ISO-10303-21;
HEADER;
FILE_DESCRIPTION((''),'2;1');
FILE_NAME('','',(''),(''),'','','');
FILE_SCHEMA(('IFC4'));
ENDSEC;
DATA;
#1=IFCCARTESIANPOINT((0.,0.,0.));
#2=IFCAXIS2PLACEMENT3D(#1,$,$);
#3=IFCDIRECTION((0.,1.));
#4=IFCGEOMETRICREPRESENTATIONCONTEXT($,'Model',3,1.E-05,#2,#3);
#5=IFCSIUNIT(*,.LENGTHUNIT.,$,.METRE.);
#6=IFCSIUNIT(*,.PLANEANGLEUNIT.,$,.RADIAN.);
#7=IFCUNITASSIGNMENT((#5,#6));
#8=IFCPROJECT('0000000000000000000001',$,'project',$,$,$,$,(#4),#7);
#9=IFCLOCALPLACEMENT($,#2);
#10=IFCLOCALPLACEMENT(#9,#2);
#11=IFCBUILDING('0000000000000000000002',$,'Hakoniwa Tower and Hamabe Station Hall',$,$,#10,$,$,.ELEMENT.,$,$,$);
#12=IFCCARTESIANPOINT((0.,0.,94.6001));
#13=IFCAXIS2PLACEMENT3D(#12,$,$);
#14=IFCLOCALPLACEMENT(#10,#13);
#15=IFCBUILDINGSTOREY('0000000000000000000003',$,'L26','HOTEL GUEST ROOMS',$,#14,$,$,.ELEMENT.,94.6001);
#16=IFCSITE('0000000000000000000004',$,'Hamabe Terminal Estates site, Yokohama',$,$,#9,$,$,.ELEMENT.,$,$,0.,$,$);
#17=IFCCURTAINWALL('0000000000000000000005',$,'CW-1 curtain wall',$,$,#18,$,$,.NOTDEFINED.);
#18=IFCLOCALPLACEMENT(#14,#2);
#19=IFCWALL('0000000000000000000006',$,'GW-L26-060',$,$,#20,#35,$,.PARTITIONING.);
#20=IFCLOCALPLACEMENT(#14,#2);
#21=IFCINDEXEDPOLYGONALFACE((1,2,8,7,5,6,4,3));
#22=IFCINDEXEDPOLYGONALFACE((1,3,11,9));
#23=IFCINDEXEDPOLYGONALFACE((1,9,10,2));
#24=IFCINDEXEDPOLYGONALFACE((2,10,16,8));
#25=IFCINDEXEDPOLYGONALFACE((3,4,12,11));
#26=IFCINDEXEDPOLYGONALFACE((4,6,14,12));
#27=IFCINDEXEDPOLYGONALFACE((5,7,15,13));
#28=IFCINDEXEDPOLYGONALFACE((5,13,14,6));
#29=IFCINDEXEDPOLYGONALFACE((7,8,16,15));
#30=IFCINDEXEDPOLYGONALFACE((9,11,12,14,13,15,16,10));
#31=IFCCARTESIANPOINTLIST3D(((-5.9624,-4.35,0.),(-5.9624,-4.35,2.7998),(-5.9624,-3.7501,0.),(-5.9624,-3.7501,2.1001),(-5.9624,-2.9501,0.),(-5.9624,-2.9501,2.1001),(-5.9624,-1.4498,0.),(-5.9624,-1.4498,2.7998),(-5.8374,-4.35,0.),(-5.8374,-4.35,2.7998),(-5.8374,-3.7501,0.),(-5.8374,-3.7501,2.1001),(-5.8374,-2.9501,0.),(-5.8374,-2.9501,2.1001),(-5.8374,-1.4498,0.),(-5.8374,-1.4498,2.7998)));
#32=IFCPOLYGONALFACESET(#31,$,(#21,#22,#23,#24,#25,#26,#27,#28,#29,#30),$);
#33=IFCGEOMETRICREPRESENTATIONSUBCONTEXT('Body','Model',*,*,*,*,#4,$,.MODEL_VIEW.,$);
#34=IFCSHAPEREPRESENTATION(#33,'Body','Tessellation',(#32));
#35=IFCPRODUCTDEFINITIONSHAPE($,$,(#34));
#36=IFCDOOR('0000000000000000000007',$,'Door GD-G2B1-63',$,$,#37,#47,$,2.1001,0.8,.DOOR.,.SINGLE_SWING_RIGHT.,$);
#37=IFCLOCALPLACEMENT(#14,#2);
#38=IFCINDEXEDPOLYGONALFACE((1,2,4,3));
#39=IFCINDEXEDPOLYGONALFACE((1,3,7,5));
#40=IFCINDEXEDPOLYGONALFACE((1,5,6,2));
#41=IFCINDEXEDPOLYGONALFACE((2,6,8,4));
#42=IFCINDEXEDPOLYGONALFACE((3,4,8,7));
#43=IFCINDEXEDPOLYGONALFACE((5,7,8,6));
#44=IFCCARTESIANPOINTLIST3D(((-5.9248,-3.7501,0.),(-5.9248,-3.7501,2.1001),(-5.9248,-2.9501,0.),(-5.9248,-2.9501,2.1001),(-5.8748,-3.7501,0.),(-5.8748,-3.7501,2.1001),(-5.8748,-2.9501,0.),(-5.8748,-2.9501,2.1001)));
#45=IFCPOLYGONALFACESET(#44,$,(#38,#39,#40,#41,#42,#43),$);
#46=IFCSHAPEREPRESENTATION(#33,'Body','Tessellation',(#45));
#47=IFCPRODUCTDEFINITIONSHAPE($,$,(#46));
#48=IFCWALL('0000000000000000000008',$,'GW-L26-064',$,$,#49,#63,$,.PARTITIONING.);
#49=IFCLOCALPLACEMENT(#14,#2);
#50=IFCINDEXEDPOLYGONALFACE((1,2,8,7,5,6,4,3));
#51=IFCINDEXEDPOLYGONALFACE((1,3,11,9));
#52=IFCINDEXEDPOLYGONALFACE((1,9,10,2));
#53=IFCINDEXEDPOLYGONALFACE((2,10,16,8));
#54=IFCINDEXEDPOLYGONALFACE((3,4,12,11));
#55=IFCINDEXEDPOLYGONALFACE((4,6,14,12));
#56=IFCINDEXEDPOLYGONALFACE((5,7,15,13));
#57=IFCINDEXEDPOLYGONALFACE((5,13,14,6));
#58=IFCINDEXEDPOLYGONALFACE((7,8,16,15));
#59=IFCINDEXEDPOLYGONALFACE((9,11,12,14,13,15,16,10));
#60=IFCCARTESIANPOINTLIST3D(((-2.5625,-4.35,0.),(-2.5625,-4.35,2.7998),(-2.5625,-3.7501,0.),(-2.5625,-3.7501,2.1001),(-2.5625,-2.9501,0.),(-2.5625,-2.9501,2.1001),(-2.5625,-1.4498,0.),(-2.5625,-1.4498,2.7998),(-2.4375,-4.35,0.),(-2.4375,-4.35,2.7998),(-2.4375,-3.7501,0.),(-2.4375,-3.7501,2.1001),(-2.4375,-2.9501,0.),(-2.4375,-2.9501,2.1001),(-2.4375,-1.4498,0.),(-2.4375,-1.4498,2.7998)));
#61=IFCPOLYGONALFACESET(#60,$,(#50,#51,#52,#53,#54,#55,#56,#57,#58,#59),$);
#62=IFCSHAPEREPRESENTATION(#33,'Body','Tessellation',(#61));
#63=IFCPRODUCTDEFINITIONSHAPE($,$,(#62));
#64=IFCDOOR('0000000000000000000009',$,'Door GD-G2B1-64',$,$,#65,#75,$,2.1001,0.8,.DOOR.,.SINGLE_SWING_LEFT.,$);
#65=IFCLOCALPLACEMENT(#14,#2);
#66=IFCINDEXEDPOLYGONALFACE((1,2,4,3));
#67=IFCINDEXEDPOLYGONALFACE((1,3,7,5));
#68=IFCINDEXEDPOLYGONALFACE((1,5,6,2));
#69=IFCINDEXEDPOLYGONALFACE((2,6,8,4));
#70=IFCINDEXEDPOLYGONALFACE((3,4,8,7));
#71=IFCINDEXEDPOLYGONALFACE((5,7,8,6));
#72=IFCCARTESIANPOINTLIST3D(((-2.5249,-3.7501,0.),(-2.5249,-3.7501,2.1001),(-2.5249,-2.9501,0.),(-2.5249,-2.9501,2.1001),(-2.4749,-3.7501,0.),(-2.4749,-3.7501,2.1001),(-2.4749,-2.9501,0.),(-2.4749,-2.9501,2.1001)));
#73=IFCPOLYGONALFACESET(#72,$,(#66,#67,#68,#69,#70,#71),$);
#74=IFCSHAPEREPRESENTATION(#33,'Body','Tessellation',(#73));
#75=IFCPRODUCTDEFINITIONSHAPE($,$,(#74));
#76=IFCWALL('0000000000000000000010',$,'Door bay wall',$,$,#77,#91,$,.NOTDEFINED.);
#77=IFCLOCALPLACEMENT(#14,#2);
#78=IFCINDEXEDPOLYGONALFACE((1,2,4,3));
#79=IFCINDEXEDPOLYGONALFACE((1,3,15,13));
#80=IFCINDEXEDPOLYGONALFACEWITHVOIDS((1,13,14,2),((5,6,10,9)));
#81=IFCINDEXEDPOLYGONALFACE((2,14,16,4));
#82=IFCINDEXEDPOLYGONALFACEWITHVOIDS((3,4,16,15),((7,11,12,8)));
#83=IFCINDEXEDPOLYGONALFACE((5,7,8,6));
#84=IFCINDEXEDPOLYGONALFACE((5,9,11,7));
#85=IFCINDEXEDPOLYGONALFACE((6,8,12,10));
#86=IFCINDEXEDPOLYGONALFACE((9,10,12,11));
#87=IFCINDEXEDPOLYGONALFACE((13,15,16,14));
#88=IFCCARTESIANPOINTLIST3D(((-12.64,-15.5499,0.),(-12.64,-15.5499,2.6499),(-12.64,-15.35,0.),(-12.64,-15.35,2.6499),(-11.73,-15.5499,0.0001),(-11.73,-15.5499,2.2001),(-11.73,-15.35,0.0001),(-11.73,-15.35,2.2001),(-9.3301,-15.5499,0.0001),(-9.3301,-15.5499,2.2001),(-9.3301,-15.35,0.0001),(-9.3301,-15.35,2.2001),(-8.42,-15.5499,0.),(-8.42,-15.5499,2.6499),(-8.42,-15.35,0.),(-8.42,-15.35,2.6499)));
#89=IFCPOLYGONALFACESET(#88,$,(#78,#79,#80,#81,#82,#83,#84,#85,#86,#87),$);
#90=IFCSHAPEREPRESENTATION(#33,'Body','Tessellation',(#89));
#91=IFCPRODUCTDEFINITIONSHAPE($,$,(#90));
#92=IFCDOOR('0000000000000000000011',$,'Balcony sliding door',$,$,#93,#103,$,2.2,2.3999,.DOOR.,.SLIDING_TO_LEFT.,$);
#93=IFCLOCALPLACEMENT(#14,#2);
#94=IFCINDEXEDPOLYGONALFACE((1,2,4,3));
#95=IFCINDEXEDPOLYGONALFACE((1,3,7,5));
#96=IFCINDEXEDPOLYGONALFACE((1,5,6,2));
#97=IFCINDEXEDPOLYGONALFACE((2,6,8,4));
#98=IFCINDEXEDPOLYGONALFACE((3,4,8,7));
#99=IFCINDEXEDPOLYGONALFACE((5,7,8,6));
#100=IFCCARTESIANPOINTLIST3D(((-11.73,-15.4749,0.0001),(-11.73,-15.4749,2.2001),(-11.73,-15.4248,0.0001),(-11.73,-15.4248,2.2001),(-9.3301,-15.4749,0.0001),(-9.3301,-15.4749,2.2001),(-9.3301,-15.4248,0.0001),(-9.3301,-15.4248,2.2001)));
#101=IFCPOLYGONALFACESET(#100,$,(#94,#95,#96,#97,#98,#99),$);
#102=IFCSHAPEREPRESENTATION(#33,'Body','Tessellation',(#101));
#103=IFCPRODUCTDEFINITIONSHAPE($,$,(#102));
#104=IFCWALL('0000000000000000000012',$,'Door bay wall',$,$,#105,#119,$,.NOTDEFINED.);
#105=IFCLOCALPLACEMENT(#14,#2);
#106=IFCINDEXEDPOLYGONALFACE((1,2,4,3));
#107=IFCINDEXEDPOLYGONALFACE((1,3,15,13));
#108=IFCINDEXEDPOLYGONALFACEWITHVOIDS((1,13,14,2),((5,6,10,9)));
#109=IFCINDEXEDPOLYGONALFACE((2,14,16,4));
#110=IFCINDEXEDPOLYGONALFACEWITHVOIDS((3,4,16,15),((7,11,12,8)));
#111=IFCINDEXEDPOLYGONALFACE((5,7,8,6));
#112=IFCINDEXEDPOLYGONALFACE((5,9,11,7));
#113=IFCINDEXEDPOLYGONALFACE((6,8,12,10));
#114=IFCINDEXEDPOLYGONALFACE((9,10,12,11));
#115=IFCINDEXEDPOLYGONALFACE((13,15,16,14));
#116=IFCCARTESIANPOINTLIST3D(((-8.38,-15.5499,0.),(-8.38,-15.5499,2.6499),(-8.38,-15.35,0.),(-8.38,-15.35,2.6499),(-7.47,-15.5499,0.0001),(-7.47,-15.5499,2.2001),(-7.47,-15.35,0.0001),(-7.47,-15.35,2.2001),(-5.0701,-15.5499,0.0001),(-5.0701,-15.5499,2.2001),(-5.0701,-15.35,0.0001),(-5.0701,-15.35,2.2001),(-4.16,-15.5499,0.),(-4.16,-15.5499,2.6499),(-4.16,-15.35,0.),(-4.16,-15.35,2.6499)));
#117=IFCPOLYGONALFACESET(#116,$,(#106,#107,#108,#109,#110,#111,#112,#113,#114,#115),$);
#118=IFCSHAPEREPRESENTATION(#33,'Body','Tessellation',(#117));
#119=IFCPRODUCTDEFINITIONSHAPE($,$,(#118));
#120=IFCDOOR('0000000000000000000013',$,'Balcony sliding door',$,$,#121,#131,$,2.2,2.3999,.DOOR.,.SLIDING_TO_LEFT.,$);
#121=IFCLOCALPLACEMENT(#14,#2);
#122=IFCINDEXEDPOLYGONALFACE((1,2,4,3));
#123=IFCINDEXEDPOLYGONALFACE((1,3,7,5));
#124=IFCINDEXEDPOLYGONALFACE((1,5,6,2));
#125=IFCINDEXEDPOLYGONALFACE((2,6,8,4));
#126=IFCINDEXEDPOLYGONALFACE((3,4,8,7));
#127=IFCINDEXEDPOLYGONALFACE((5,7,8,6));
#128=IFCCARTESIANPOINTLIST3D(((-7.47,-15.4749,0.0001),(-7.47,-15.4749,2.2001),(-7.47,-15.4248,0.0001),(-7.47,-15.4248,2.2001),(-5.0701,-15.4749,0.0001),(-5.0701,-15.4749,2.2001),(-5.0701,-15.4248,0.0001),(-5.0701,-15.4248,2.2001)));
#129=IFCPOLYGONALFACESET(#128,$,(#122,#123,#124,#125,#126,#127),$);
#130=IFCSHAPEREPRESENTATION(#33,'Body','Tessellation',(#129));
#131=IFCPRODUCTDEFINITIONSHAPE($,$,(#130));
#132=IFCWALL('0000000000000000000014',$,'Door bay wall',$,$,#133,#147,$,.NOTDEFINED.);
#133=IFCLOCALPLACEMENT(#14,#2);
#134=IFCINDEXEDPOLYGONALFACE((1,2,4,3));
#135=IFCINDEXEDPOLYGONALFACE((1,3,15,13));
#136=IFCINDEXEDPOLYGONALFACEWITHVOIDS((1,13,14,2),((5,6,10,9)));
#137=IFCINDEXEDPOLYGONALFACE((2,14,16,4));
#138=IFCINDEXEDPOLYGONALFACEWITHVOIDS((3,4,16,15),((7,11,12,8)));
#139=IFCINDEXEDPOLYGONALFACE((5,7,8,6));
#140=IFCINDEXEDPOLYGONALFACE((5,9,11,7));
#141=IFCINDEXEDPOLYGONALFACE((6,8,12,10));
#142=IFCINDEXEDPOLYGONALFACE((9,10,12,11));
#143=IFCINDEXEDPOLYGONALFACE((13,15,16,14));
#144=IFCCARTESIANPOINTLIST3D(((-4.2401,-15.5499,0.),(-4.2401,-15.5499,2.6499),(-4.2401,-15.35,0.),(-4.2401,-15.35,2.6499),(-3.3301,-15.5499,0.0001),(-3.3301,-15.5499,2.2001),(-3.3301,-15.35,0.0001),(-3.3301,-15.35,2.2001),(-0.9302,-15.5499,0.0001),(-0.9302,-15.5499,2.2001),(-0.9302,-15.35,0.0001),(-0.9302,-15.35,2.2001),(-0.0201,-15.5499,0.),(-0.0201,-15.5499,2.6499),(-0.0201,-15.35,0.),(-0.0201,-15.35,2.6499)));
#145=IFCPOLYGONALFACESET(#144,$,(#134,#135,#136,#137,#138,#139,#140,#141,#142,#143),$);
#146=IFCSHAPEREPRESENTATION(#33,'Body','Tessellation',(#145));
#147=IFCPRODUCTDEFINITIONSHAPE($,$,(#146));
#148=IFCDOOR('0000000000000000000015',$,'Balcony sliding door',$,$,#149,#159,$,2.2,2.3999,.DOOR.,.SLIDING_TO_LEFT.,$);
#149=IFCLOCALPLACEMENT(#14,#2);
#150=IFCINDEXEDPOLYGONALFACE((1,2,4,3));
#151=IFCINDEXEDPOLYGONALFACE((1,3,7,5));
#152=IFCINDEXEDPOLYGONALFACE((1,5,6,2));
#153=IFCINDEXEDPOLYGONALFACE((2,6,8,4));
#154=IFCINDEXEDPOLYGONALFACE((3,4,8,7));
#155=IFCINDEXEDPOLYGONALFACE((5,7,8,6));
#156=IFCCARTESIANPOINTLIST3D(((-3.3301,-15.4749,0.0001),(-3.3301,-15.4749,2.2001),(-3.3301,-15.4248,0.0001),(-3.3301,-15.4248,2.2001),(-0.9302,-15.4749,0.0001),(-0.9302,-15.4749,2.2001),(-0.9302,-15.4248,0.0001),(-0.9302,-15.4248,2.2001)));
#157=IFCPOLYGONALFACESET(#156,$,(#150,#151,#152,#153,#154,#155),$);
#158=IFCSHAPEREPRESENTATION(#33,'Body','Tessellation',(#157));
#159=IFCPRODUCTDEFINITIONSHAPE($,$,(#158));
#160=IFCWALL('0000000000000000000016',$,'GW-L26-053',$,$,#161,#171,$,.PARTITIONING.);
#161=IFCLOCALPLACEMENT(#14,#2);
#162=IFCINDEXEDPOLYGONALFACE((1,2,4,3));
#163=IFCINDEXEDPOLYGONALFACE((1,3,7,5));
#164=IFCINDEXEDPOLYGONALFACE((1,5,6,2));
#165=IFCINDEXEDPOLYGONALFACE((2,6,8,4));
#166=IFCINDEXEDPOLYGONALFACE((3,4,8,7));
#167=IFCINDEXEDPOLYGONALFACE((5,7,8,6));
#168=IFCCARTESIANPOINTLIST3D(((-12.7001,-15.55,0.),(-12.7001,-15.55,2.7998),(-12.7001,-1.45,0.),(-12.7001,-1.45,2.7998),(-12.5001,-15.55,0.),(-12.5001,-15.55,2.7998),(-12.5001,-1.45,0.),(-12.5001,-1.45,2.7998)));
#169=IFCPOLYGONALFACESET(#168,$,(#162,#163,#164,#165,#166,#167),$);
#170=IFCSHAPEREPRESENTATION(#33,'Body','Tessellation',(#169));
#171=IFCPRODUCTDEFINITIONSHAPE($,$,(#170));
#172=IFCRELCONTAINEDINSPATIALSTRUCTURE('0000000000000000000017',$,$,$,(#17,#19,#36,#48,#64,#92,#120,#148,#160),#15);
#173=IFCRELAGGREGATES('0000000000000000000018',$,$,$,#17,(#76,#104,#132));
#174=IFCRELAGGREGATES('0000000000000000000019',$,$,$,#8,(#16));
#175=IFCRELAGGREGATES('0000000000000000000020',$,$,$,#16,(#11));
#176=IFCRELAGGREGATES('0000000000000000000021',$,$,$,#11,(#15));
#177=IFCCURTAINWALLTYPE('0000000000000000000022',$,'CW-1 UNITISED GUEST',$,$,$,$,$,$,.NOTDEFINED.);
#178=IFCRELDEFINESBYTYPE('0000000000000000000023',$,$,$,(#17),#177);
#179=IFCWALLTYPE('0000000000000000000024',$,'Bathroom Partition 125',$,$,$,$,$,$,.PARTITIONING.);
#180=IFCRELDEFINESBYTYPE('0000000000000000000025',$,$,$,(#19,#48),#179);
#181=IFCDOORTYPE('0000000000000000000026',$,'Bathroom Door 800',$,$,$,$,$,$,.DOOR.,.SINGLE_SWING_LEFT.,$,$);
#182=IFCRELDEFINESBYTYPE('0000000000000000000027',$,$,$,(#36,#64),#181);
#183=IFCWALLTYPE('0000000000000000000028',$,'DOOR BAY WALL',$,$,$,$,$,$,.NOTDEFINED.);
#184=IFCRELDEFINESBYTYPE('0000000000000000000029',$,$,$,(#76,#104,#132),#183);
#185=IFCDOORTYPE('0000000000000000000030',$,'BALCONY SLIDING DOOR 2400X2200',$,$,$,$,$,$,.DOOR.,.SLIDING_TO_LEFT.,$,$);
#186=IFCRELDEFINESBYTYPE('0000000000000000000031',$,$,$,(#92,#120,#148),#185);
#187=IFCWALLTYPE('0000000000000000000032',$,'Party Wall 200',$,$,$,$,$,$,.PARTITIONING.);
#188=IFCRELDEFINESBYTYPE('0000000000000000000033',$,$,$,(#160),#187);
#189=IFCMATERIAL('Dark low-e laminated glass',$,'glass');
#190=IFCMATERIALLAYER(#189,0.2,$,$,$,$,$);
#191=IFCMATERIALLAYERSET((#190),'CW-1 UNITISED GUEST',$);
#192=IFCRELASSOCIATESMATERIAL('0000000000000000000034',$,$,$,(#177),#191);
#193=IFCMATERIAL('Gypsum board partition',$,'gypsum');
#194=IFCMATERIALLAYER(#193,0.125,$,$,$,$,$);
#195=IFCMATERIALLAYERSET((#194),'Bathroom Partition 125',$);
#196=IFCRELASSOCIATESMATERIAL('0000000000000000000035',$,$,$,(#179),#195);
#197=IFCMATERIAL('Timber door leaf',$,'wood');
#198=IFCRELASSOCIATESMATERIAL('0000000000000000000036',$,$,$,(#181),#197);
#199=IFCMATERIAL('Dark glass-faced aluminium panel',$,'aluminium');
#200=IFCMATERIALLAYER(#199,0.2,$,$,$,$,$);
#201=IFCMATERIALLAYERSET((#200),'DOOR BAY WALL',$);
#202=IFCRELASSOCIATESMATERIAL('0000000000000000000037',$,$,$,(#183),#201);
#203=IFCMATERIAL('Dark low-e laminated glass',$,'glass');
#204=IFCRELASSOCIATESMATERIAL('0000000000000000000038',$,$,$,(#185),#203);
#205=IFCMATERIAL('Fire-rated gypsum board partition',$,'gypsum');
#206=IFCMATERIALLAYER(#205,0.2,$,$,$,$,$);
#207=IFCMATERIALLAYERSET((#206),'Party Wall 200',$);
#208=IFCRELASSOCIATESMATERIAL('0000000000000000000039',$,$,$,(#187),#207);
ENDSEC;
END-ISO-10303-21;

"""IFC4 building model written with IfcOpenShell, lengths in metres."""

from ifc_helpers import new_model, si_unit, direction, frame, frame_2d, origin, place, context, subcontext, project, spatial, rectangle, extrude, material, layer, layer_set, type_object, element, fill, aggregate, save


model = new_model("IFC4")

# Units and contexts
model_context = context("Model", 3, precision=1e-05, world=origin(), true_north=direction((0.0, 1.0)))
body_context = subcontext(model_context, "Body", "Model", "MODEL_VIEW")
ifc_project = project(units=[si_unit("LENGTHUNIT", "METRE"), si_unit("PLANEANGLEUNIT", "RADIAN")], contexts=[model_context])

# Site, building, storey
site_placement = place(None, origin())
site = spatial("IfcSite", under=ifc_project, at=site_placement, Name="Hamabe Terminal Estates site, Yokohama", CompositionType="ELEMENT", RefElevation=0.0)
building_placement = place(site_placement, origin())
building = spatial("IfcBuilding", under=site, at=building_placement, Name="Hakoniwa Tower and Hamabe Station Hall", CompositionType="ELEMENT")
storey_placement = place(building_placement, frame((0.0, 0.0, 94.6001)))
storey = spatial("IfcBuildingStorey", under=building, at=storey_placement, Name="L26", Description="HOTEL GUEST ROOMS", CompositionType="ELEMENT", Elevation=94.6001)

# Curtain wall
ifc_material_1 = material(Name="Dark low-e laminated glass", Category="glass")
ifc_layer_1 = layer(ifc_material_1, 0.2)
ifc_layer_set_1 = layer_set([ifc_layer_1], Name="CW-1 UNITISED GUEST")
curtain_wall_type = type_object("IfcCurtainWallType", Name="CW-1 UNITISED GUEST", PredefinedType="NOTDEFINED", material=ifc_layer_set_1)
curtain_wall_placement = place(storey_placement, origin())
curtain_wall = element("IfcCurtainWall", 1, at=curtain_wall_placement, inside=storey, type_object=curtain_wall_type, Name="CW-1 curtain wall", PredefinedType="NOTDEFINED")

# Shared definitions
ifc_material_2 = material(Name="Gypsum board partition", Category="gypsum")
ifc_layer_2 = layer(ifc_material_2, 0.125)
ifc_layer_set_2 = layer_set([ifc_layer_2], Name="Bathroom Partition 125")
wall_type_1 = type_object("IfcWallType", Name="Bathroom Partition 125", PredefinedType="PARTITIONING", material=ifc_layer_set_2)

# Walls, openings, doors
ifc_material_3 = material(Name="Timber door leaf", Category="wood")
door_type_1 = type_object("IfcDoorType", Name="Bathroom Door 800", OperationType="SINGLE_SWING_LEFT", PredefinedType="DOOR", material=ifc_material_3)
wall_1_placement = place(storey_placement, frame((-5.8999, -4.3501, 0.0), z_axis=(0.0, 0.0, 1.0), x_axis=(0.0, 1.0, 0.0)))
wall_1 = element("IfcWall", 2, at=wall_1_placement, inside=storey, type_object=wall_type_1, Name="GW-L26-060", PredefinedType="PARTITIONING", context=body_context, shape_type="SweptSolid", body=[
    extrude(rectangle(XDim=2.9001, YDim=0.125, at=frame_2d((1.4502, 0.0))), origin(), (0.0, 0.0, 1.0), 2.7998),
])
opening_1_placement = place(wall_1_placement, frame((0.6001, 0.0, 0.0)))
opening_1 = element("IfcOpeningElement", 3, at=opening_1_placement, cuts=wall_1, PredefinedType="OPENING", context=body_context, shape_type="SweptSolid", body=[
    extrude(rectangle(XDim=0.8, YDim=2.1001, at=frame_2d((0.3999, 1.05))), frame((0.0, 0.0725, 0.0), z_axis=(0.0, -1.0, 0.0), x_axis=(1.0, 0.0, 0.0)), (0.0, 0.0, 1.0), 0.145),
])
door_1_placement = place(opening_1_placement, origin())
door_1 = element("IfcDoor", 4, at=door_1_placement, inside=storey, type_object=door_type_1, Name="Door GD-G2B1-63", OperationType="SINGLE_SWING_RIGHT", OverallHeight=2.1001, OverallWidth=0.8, PredefinedType="DOOR", context=body_context, shape_type="SweptSolid", body=[
    extrude(rectangle(XDim=0.8, YDim=2.1001, at=frame_2d((0.3999, 1.05))), frame((0.0, 0.0249, 0.0), z_axis=(0.0, -1.0, 0.0), x_axis=(1.0, 0.0, 0.0)), (0.0, 0.0, 1.0), 0.05),
])
fill(opening_1, door_1)
wall_2_placement = place(storey_placement, frame((-2.5, -4.3501, 0.0), z_axis=(0.0, 0.0, 1.0), x_axis=(0.0, 1.0, 0.0)))
wall_2 = element("IfcWall", 5, at=wall_2_placement, inside=storey, type_object=wall_type_1, Name="GW-L26-064", PredefinedType="PARTITIONING", context=body_context, shape_type="SweptSolid", body=[
    extrude(rectangle(XDim=2.9001, YDim=0.125, at=frame_2d((1.4502, 0.0))), origin(), (0.0, 0.0, 1.0), 2.7998),
])
opening_2_placement = place(wall_2_placement, frame((0.6001, 0.0, 0.0)))
opening_2 = element("IfcOpeningElement", 6, at=opening_2_placement, cuts=wall_2, PredefinedType="OPENING", context=body_context, shape_type="SweptSolid", body=[
    extrude(rectangle(XDim=0.8, YDim=2.1001, at=frame_2d((0.3999, 1.05))), frame((0.0, 0.0725, 0.0), z_axis=(0.0, -1.0, 0.0), x_axis=(1.0, 0.0, 0.0)), (0.0, 0.0, 1.0), 0.145),
])
door_2_placement = place(opening_2_placement, origin())
door_2 = element("IfcDoor", 7, at=door_2_placement, inside=storey, type_object=door_type_1, Name="Door GD-G2B1-64", OperationType="SINGLE_SWING_LEFT", OverallHeight=2.1001, OverallWidth=0.8, PredefinedType="DOOR", context=body_context, shape_type="SweptSolid", body=[
    extrude(rectangle(XDim=0.8, YDim=2.1001, at=frame_2d((0.3999, 1.05))), frame((0.0, 0.0249, 0.0), z_axis=(0.0, -1.0, 0.0), x_axis=(1.0, 0.0, 0.0)), (0.0, 0.0, 1.0), 0.05),
])
fill(opening_2, door_2)
ifc_material_4 = material(Name="Dark glass-faced aluminium panel", Category="aluminium")
ifc_layer_3 = layer(ifc_material_4, 0.2)
ifc_layer_set_3 = layer_set([ifc_layer_3], Name="DOOR BAY WALL")
wall_type_2 = type_object("IfcWallType", Name="DOOR BAY WALL", PredefinedType="NOTDEFINED", material=ifc_layer_set_3)
wall_3_placement = place(storey_placement, frame((-12.6399, -15.45, 0.0), z_axis=(0.0, 0.0, 1.0), x_axis=(1.0, 0.0, 0.0)))
wall_3 = element("IfcWall", 8, at=wall_3_placement, type_object=wall_type_2, Name="Door bay wall", PredefinedType="NOTDEFINED", context=body_context, shape_type="SweptSolid", body=[
    extrude(rectangle(XDim=4.22, YDim=0.2, at=frame_2d((2.1099, 0.0))), origin(), (0.0, 0.0, 1.0), 2.6499),
])
opening_3_placement = place(wall_3_placement, frame((0.9099, 0.0, 0.0)))
opening_3 = element("IfcOpeningElement", 9, at=opening_3_placement, cuts=wall_3, PredefinedType="OPENING", context=body_context, shape_type="SweptSolid", body=[
    extrude(rectangle(XDim=2.3999, YDim=2.2, at=frame_2d((1.2, 1.1001))), frame((0.0, 0.1099, 0.0), z_axis=(0.0, -1.0, 0.0), x_axis=(1.0, 0.0, 0.0)), (0.0, 0.0, 1.0), 0.22),
])
ifc_material_5 = material(Name="Dark low-e laminated glass", Category="glass")
door_type_2 = type_object("IfcDoorType", Name="BALCONY SLIDING DOOR 2400X2200", OperationType="SLIDING_TO_LEFT", PredefinedType="DOOR", material=ifc_material_5)
door_3_placement = place(opening_3_placement, frame((2.3999, 0.0, 0.0), z_axis=(0.0, 0.0, 1.0), x_axis=(-1.0, 0.0, 0.0)))
door_3 = element("IfcDoor", 10, at=door_3_placement, inside=storey, type_object=door_type_2, Name="Balcony sliding door", OperationType="SLIDING_TO_LEFT", OverallHeight=2.2, OverallWidth=2.3999, PredefinedType="DOOR", context=body_context, shape_type="SweptSolid", body=[
    extrude(rectangle(XDim=2.3999, YDim=2.2, at=frame_2d((1.2, 1.1001))), frame((0.0, 0.0249, 0.0), z_axis=(0.0, -1.0, 0.0), x_axis=(1.0, 0.0, 0.0)), (0.0, 0.0, 1.0), 0.05),
])
fill(opening_3, door_3)
wall_4_placement = place(storey_placement, frame((-8.3799, -15.45, 0.0), z_axis=(0.0, 0.0, 1.0), x_axis=(1.0, 0.0, 0.0)))
wall_4 = element("IfcWall", 11, at=wall_4_placement, type_object=wall_type_2, Name="Door bay wall", PredefinedType="NOTDEFINED", context=body_context, shape_type="SweptSolid", body=[
    extrude(rectangle(XDim=4.22, YDim=0.2, at=frame_2d((2.1099, 0.0))), origin(), (0.0, 0.0, 1.0), 2.6499),
])
opening_4_placement = place(wall_4_placement, frame((0.9099, 0.0, 0.0)))
opening_4 = element("IfcOpeningElement", 12, at=opening_4_placement, cuts=wall_4, PredefinedType="OPENING", context=body_context, shape_type="SweptSolid", body=[
    extrude(rectangle(XDim=2.3999, YDim=2.2, at=frame_2d((1.2, 1.1001))), frame((0.0, 0.1099, 0.0), z_axis=(0.0, -1.0, 0.0), x_axis=(1.0, 0.0, 0.0)), (0.0, 0.0, 1.0), 0.22),
])
door_4_placement = place(opening_4_placement, frame((2.3999, 0.0, 0.0), z_axis=(0.0, 0.0, 1.0), x_axis=(-1.0, 0.0, 0.0)))
door_4 = element("IfcDoor", 13, at=door_4_placement, inside=storey, type_object=door_type_2, Name="Balcony sliding door", OperationType="SLIDING_TO_LEFT", OverallHeight=2.2, OverallWidth=2.3999, PredefinedType="DOOR", context=body_context, shape_type="SweptSolid", body=[
    extrude(rectangle(XDim=2.3999, YDim=2.2, at=frame_2d((1.2, 1.1001))), frame((0.0, 0.0249, 0.0), z_axis=(0.0, -1.0, 0.0), x_axis=(1.0, 0.0, 0.0)), (0.0, 0.0, 1.0), 0.05),
])
fill(opening_4, door_4)
wall_5_placement = place(storey_placement, frame((-4.24, -15.45, 0.0), z_axis=(0.0, 0.0, 1.0), x_axis=(1.0, 0.0, 0.0)))
wall_5 = element("IfcWall", 14, at=wall_5_placement, type_object=wall_type_2, Name="Door bay wall", PredefinedType="NOTDEFINED", context=body_context, shape_type="SweptSolid", body=[
    extrude(rectangle(XDim=4.22, YDim=0.2, at=frame_2d((2.1099, 0.0))), origin(), (0.0, 0.0, 1.0), 2.6499),
])
opening_5_placement = place(wall_5_placement, frame((0.9099, 0.0, 0.0)))
opening_5 = element("IfcOpeningElement", 15, at=opening_5_placement, cuts=wall_5, PredefinedType="OPENING", context=body_context, shape_type="SweptSolid", body=[
    extrude(rectangle(XDim=2.3999, YDim=2.2, at=frame_2d((1.2, 1.1001))), frame((0.0, 0.1099, 0.0), z_axis=(0.0, -1.0, 0.0), x_axis=(1.0, 0.0, 0.0)), (0.0, 0.0, 1.0), 0.22),
])
door_5_placement = place(opening_5_placement, frame((2.3999, 0.0, 0.0), z_axis=(0.0, 0.0, 1.0), x_axis=(-1.0, 0.0, 0.0)))
door_5 = element("IfcDoor", 16, at=door_5_placement, inside=storey, type_object=door_type_2, Name="Balcony sliding door", OperationType="SLIDING_TO_LEFT", OverallHeight=2.2, OverallWidth=2.3999, PredefinedType="DOOR", context=body_context, shape_type="SweptSolid", body=[
    extrude(rectangle(XDim=2.3999, YDim=2.2, at=frame_2d((1.2, 1.1001))), frame((0.0, 0.0249, 0.0), z_axis=(0.0, -1.0, 0.0), x_axis=(1.0, 0.0, 0.0)), (0.0, 0.0, 1.0), 0.05),
])
fill(opening_5, door_5)
aggregate(curtain_wall, [wall_3, wall_4, wall_5])

# Wall
ifc_material_6 = material(Name="Fire-rated gypsum board partition", Category="gypsum")
ifc_layer_4 = layer(ifc_material_6, 0.2)
ifc_layer_set_4 = layer_set([ifc_layer_4], Name="Party Wall 200")
wall_type_3 = type_object("IfcWallType", Name="Party Wall 200", PredefinedType="PARTITIONING", material=ifc_layer_set_4)
wall_6_placement = place(storey_placement, frame((-12.6001, -15.55, 0.0), z_axis=(0.0, 0.0, 1.0), x_axis=(0.0, 1.0, 0.0)))
element("IfcWall", 17, at=wall_6_placement, inside=storey, type_object=wall_type_3, Name="GW-L26-053", PredefinedType="PARTITIONING", context=body_context, shape_type="SweptSolid", body=[
    extrude(rectangle(XDim=14.1001, YDim=0.2, at=frame_2d((7.05, 0.0))), origin(), (0.0, 0.0, 1.0), 2.7998),
])

save(model, "model.ifc")
